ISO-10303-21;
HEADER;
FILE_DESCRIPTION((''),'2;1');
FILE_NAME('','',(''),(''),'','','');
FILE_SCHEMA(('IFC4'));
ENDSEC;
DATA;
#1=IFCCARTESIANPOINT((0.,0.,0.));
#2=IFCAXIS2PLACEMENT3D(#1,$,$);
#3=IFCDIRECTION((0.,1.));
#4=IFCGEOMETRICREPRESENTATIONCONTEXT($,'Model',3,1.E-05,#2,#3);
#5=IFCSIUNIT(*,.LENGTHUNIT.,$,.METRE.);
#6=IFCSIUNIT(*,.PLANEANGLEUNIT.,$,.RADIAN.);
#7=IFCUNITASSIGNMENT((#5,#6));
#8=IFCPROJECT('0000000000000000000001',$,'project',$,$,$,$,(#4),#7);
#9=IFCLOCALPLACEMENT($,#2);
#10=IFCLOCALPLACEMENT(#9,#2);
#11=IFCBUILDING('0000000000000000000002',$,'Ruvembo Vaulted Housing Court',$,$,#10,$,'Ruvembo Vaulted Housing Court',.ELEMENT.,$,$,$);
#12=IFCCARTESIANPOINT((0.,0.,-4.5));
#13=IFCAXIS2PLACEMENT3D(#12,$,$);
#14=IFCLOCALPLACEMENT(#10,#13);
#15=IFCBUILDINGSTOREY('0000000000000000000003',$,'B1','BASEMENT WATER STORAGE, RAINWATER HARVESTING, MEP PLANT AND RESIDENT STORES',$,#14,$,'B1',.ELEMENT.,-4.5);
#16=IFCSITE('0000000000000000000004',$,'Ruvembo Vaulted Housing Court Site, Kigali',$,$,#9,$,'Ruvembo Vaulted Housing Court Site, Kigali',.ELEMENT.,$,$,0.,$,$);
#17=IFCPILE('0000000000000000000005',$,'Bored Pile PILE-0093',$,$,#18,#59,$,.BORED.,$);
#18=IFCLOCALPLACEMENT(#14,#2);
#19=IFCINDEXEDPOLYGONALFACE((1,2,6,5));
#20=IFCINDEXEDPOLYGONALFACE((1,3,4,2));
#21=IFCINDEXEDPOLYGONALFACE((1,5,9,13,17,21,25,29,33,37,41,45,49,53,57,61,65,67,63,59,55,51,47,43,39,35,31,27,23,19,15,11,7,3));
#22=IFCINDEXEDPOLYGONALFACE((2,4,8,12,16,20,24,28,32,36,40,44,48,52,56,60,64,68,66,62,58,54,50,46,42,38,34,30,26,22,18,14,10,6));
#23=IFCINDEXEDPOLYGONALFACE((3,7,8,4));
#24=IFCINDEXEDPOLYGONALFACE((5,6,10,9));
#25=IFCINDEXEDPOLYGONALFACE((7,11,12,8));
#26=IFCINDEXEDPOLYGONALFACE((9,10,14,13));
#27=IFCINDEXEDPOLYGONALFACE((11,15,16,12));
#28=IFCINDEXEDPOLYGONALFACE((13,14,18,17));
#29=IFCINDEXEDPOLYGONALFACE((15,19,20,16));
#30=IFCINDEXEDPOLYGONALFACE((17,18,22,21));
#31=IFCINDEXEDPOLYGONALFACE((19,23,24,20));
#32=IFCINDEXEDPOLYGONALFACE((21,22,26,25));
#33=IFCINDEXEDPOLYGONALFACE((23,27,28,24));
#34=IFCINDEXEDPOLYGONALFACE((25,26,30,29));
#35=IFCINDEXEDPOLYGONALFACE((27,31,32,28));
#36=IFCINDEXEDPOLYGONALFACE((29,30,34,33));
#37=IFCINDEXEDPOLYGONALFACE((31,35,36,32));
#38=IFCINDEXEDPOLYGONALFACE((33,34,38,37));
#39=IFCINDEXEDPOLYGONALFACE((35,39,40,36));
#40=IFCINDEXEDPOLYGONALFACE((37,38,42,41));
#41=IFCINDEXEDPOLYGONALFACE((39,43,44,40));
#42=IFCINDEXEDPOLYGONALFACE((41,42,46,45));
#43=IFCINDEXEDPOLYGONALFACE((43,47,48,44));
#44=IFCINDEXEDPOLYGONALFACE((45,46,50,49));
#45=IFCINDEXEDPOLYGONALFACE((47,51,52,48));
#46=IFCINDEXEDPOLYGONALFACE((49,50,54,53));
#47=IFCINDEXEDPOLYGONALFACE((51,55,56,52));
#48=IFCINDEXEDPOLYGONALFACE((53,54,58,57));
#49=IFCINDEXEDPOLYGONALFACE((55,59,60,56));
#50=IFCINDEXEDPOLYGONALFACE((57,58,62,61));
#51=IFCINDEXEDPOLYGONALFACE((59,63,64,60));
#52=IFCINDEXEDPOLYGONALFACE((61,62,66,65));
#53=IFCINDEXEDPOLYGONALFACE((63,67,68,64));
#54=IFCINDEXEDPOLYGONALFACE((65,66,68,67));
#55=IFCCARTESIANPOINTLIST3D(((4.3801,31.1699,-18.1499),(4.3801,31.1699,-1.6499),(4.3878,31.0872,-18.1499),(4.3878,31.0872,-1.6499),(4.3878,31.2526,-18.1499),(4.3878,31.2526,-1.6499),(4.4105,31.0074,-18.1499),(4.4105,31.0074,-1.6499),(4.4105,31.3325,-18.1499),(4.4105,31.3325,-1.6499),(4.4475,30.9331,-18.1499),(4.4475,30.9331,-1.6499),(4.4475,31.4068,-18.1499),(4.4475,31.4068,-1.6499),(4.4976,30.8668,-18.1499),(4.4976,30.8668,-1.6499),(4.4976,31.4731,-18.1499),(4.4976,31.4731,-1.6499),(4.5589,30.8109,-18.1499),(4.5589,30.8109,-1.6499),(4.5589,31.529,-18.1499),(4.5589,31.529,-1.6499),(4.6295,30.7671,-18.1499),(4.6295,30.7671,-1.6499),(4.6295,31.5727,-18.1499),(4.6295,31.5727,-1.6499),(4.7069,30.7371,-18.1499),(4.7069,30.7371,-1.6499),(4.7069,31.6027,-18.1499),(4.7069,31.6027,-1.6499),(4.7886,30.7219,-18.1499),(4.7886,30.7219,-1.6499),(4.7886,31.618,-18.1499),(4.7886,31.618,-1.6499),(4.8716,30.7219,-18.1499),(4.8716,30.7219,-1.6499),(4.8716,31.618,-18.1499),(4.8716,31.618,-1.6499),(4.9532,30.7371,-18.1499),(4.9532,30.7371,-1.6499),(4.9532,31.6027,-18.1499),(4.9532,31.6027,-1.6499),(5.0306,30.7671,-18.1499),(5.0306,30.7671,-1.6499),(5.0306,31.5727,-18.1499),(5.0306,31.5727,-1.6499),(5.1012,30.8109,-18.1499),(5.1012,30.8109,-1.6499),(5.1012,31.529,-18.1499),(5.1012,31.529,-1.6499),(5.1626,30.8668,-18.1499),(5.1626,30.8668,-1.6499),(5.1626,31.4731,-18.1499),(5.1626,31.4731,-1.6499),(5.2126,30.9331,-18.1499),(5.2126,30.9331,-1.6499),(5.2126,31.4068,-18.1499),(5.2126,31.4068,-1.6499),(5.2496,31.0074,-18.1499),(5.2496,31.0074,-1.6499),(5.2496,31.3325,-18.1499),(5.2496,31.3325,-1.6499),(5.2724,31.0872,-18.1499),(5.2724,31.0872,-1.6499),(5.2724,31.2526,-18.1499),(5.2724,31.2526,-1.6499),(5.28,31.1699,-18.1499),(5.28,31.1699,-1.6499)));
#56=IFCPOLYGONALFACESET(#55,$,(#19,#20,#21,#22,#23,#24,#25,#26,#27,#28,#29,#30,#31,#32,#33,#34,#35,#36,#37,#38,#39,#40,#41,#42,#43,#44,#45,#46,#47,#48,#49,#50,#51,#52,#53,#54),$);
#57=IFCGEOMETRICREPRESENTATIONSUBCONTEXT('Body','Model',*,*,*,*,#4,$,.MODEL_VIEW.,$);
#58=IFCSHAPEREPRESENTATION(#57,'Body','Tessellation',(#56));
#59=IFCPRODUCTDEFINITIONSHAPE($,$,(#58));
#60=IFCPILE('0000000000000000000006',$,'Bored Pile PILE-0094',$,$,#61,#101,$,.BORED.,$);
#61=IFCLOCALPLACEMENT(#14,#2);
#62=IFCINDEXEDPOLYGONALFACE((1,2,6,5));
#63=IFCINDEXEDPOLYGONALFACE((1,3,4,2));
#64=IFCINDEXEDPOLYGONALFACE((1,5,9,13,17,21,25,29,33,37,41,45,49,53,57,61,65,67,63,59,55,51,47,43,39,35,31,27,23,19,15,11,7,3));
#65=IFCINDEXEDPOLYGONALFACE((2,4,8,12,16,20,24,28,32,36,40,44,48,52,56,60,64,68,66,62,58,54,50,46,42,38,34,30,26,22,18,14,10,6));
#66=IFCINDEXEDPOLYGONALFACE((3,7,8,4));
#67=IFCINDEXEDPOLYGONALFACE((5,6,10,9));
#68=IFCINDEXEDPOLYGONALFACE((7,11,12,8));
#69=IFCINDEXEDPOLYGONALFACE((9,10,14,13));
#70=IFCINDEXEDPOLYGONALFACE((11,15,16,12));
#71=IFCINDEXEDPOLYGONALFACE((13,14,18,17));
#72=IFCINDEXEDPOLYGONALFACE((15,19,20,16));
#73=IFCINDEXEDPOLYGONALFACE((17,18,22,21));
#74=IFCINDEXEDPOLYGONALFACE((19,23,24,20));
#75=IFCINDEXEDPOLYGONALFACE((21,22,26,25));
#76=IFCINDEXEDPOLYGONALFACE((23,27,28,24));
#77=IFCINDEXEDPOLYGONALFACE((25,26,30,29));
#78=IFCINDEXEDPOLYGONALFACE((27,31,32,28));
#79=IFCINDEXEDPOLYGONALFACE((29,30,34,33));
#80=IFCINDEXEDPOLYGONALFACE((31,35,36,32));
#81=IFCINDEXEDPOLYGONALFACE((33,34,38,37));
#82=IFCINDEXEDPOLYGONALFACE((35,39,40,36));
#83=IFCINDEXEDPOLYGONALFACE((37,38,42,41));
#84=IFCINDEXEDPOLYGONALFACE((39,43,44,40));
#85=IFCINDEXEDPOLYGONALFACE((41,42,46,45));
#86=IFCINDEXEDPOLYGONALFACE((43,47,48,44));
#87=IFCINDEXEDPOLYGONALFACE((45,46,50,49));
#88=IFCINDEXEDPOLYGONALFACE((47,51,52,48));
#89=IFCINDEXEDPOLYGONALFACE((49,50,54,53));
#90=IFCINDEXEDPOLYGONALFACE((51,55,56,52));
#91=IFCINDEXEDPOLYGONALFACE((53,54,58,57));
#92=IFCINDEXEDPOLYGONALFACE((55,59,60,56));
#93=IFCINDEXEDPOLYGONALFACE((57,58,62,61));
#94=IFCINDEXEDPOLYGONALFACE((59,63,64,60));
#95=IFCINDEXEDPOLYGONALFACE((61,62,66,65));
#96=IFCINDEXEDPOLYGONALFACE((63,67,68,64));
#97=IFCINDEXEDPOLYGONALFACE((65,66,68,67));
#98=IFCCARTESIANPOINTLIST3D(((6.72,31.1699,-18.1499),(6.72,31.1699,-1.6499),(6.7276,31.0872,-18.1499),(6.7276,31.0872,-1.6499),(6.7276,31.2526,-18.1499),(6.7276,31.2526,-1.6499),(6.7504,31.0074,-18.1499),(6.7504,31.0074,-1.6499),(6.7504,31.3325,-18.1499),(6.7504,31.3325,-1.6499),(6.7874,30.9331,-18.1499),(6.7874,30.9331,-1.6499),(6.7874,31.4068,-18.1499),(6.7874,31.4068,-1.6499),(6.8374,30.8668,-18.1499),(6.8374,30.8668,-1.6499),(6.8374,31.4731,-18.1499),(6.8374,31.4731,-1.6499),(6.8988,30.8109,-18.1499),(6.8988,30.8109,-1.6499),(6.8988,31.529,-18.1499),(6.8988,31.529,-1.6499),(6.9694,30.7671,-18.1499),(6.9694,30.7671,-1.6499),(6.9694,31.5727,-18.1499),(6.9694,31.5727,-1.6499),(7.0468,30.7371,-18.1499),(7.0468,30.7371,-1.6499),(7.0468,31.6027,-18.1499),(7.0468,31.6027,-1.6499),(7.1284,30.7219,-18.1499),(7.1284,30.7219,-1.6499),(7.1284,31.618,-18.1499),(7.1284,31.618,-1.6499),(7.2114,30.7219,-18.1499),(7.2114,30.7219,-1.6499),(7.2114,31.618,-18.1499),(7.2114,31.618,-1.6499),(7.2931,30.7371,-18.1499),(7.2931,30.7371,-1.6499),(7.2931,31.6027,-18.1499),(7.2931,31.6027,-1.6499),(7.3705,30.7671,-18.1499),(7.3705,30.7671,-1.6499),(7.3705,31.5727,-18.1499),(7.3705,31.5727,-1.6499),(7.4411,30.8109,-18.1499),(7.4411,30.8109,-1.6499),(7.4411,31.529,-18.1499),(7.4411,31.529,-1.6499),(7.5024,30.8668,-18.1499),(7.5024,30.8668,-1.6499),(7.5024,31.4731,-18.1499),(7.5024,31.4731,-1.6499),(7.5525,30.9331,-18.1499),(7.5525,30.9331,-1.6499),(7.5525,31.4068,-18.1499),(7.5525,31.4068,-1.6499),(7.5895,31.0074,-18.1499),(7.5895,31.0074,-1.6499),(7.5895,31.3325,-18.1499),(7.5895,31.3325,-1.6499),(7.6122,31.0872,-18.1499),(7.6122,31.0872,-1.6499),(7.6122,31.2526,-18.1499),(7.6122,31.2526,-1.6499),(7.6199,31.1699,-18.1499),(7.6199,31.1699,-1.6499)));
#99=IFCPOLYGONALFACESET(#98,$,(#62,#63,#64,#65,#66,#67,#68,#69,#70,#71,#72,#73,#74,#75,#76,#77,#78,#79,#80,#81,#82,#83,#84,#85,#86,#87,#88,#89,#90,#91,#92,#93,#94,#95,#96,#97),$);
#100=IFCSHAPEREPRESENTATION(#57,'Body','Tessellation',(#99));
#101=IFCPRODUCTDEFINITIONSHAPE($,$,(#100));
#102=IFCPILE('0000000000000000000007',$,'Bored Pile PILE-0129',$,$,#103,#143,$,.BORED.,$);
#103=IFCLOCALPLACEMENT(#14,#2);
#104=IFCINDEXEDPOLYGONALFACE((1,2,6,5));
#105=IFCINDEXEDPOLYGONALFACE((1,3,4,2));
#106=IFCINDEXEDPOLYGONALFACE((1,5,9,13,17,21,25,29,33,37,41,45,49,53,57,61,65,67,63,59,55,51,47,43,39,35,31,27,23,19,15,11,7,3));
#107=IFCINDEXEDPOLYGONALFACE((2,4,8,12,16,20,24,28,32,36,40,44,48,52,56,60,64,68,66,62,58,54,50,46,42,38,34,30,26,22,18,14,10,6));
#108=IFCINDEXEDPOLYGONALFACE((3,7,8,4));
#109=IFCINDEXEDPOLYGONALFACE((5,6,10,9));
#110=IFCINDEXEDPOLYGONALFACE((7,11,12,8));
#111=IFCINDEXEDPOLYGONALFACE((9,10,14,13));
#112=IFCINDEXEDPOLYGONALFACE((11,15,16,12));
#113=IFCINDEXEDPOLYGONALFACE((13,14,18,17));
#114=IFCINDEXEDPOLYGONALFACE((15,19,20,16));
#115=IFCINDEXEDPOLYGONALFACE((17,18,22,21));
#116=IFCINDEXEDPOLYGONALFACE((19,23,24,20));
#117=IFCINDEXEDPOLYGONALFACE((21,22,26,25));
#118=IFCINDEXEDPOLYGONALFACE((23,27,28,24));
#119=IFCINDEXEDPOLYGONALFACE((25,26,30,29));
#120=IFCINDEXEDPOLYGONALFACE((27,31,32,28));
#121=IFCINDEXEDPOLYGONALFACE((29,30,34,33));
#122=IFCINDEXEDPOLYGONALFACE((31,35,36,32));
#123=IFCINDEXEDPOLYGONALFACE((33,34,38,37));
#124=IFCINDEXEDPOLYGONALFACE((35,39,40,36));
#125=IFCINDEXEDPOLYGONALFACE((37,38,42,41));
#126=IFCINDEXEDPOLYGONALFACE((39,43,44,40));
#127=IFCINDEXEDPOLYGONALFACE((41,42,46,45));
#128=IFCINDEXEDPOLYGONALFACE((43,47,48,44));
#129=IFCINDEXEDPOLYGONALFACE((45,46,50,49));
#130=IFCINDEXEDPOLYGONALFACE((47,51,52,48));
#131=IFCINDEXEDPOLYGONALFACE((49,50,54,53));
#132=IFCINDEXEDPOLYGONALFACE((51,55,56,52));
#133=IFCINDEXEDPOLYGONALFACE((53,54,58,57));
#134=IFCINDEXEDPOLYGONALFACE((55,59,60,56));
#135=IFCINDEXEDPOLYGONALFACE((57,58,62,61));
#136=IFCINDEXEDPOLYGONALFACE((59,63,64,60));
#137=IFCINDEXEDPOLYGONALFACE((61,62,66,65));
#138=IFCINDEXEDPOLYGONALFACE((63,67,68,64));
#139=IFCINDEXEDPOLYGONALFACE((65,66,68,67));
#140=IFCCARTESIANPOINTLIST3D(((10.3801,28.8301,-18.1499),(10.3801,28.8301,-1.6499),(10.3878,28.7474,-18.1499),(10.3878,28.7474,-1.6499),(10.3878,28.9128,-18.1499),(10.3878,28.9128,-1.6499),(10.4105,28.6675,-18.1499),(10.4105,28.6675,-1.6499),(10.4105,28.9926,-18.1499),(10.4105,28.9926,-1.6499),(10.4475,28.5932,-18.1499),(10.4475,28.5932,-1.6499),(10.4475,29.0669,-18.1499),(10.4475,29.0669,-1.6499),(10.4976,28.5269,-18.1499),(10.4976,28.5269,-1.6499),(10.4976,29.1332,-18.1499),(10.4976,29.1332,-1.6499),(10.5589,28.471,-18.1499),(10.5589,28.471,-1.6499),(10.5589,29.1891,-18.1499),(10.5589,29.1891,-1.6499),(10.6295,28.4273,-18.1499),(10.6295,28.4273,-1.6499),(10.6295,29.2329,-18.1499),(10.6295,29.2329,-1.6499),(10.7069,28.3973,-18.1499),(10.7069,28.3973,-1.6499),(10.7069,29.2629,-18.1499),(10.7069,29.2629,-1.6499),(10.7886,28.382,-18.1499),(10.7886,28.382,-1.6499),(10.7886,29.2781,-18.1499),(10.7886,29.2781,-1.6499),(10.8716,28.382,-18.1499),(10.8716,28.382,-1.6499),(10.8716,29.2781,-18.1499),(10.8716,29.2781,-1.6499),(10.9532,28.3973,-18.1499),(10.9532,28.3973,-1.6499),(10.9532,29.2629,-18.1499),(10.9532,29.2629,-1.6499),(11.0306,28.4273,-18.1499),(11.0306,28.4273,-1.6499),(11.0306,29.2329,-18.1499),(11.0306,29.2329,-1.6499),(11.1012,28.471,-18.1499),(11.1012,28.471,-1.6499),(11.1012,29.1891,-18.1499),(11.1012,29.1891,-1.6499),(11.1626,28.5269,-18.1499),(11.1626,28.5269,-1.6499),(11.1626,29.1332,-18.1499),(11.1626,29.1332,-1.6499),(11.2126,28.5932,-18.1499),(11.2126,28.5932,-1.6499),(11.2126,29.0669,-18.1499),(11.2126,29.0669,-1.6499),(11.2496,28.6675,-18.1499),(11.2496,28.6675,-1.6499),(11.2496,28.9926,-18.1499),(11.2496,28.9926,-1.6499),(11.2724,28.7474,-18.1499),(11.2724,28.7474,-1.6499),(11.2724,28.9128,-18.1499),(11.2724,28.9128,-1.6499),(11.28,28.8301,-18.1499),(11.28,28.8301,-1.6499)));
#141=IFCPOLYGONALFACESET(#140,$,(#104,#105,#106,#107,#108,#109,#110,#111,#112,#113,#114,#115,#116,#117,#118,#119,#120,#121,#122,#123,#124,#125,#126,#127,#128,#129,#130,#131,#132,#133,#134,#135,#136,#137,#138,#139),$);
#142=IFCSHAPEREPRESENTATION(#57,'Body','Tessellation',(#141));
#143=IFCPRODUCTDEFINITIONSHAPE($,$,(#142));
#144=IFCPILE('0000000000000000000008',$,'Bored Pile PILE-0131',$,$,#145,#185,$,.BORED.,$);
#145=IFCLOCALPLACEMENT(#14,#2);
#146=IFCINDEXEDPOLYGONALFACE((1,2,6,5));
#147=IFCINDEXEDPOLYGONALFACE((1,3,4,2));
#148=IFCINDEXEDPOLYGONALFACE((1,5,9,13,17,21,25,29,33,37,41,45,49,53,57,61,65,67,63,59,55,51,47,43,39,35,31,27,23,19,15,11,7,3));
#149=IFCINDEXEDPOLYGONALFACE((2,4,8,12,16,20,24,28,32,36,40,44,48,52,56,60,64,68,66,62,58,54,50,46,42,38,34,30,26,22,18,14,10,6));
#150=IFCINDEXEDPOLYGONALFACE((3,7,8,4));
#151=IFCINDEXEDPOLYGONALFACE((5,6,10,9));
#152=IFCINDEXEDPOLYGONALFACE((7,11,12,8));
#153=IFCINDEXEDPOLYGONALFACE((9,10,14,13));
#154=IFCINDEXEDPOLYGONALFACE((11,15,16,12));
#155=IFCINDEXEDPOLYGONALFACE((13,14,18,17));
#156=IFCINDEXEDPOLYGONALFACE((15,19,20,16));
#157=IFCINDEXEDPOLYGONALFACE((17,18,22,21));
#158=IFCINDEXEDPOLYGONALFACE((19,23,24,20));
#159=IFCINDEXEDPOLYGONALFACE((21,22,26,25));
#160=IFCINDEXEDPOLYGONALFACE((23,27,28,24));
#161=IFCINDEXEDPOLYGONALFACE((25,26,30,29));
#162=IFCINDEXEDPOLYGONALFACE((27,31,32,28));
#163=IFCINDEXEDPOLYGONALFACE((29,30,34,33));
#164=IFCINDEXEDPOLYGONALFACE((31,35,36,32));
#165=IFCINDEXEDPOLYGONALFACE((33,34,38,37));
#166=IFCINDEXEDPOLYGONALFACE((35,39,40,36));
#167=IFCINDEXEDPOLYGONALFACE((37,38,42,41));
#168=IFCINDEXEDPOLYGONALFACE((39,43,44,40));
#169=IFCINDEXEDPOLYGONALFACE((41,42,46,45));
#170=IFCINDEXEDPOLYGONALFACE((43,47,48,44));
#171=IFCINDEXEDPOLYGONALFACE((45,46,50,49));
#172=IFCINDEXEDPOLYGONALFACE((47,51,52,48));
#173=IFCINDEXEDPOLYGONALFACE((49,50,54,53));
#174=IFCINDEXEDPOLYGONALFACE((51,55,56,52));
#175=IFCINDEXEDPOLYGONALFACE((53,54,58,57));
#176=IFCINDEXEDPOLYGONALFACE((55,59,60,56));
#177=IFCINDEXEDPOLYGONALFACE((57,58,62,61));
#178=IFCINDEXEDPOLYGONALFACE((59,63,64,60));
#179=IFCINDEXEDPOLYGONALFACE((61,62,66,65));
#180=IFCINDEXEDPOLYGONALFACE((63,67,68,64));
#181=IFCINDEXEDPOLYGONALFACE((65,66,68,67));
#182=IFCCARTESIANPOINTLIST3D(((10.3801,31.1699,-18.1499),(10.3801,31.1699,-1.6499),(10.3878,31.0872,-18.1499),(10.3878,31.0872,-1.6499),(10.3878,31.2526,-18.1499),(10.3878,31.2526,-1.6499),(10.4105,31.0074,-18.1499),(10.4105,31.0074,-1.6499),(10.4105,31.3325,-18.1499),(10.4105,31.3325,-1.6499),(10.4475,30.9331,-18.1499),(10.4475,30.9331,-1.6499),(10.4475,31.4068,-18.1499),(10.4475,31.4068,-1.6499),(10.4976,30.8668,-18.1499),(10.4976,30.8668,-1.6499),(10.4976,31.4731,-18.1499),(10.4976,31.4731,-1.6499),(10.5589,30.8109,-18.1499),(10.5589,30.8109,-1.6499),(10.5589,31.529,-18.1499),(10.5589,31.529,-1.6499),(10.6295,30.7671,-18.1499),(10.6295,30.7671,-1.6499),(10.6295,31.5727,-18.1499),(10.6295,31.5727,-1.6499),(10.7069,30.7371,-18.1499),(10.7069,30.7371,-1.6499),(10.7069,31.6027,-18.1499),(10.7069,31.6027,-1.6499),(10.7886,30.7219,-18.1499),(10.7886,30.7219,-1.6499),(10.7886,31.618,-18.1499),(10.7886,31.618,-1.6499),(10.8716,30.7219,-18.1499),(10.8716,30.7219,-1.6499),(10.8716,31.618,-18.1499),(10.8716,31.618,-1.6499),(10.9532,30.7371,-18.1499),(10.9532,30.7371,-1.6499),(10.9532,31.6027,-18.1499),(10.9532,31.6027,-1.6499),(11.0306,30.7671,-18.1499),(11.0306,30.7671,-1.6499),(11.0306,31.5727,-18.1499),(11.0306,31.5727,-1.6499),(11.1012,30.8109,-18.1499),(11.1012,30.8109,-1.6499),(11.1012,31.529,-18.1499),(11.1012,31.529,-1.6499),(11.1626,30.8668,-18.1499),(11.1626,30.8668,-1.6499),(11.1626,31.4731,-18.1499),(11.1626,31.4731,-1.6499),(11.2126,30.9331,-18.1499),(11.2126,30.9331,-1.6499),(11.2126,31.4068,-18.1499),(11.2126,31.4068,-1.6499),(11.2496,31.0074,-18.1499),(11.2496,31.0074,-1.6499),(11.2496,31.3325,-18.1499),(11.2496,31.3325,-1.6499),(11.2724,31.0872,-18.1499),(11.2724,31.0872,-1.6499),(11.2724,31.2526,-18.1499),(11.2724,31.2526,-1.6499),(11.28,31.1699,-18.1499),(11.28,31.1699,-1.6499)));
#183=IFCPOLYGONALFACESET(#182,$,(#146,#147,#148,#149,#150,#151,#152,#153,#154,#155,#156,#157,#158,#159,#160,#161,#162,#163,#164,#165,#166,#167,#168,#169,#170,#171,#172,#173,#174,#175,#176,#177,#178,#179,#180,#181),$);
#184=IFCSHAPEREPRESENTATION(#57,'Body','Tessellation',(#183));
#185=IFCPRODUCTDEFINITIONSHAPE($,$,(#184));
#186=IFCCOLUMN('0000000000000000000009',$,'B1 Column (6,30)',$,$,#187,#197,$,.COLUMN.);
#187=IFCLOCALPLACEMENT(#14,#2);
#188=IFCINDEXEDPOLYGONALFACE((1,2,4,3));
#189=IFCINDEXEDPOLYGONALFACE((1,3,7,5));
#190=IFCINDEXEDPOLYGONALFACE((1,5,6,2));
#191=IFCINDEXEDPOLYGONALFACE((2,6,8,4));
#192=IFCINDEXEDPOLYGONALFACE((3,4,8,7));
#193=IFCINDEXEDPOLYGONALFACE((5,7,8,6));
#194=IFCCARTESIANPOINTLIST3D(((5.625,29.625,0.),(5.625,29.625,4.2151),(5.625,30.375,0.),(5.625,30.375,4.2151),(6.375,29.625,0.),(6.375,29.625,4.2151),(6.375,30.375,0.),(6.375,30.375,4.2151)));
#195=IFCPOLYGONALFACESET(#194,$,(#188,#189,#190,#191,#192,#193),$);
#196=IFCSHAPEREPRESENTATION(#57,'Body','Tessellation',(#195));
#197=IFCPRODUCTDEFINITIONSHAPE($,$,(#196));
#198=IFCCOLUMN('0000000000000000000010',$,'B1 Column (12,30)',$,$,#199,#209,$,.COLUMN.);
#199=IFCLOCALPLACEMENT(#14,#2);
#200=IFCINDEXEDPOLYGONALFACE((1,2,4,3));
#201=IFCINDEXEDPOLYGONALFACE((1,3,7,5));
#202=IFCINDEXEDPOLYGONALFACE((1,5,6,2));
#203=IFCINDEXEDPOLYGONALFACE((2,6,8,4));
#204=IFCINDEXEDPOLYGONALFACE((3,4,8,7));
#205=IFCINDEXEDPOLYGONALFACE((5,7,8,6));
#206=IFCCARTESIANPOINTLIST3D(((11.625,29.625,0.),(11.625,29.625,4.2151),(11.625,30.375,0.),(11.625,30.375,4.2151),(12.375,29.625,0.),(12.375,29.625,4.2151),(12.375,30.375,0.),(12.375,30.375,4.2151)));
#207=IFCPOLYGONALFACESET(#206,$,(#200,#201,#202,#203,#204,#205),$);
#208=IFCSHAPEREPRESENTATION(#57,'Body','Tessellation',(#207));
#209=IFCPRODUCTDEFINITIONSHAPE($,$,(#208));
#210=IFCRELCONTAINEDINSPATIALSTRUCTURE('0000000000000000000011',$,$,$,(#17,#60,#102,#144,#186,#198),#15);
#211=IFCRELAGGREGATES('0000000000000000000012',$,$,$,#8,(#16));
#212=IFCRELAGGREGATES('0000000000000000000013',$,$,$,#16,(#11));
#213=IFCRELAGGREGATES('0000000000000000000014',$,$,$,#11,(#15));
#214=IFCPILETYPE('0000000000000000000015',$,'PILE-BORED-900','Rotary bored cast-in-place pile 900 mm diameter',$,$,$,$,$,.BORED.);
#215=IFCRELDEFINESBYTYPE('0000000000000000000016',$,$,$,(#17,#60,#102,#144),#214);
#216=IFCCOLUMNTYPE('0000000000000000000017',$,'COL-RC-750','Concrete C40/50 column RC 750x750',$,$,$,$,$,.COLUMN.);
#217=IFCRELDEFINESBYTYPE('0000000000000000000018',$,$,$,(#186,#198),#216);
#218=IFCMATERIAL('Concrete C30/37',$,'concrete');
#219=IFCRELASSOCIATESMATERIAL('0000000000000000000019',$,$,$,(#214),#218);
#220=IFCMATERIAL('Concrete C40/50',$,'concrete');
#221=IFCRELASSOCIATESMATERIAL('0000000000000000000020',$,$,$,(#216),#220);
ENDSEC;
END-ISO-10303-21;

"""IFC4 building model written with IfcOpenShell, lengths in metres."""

from ifc_helpers import new_model, si_unit, direction, frame, origin, origin_2d, place, context, subcontext, project, spatial, rectangle, circle, extrude, material, material_profile, profile_set, type_object, element, save


model = new_model("IFC4")

# Units and contexts
model_context = context("Model", 3, precision=1e-05, world=origin(), true_north=direction((0.0, 1.0)))
body_context = subcontext(model_context, "Body", "Model", "MODEL_VIEW")
ifc_project = project(units=[si_unit("LENGTHUNIT", "METRE"), si_unit("PLANEANGLEUNIT", "RADIAN")], contexts=[model_context])

# Site, building, storey
site_placement = place(None, origin())
site = spatial("IfcSite", under=ifc_project, at=site_placement, Name="Ruvembo Vaulted Housing Court Site, Kigali", LongName="Ruvembo Vaulted Housing Court Site, Kigali", CompositionType="ELEMENT", RefElevation=0.0)
building_placement = place(site_placement, origin())
building = spatial("IfcBuilding", under=site, at=building_placement, Name="Ruvembo Vaulted Housing Court", LongName="Ruvembo Vaulted Housing Court", CompositionType="ELEMENT")
storey_placement = place(building_placement, frame((0.0, 0.0, -4.5)))
storey = spatial("IfcBuildingStorey", under=building, at=storey_placement, Name="B1", Description="BASEMENT WATER STORAGE, RAINWATER HARVESTING, MEP PLANT AND RESIDENT STORES", LongName="B1", CompositionType="ELEMENT", Elevation=-4.5)

# Piles
ifc_material_1 = material(Name="Concrete C30/37", Category="concrete")
ifc_material_profile_1 = material_profile(ifc_material_1, circle(Radius=0.45, at=origin_2d()), Name="PILE D900")
ifc_profile_set_1 = profile_set([ifc_material_profile_1], Name="Concrete C30/37")
pile_type_1 = type_object("IfcPileType", Name="PILE-BORED-900", Description="Rotary bored cast-in-place pile 900 mm diameter", PredefinedType="BORED", material=ifc_profile_set_1)
for number, where, z_axis, x_axis, name in (
    (1, (4.8301, 31.1699, -1.6499), (0.0, 0.0, -1.0), (1.0, 0.0, 0.0), "Bored Pile PILE-0093"),
    (2, (7.1699, 31.1699, -1.6499), (0.0, 0.0, -1.0), (1.0, 0.0, 0.0), "Bored Pile PILE-0094"),
    (3, (10.8301, 28.8301, -1.6499), (0.0, 0.0, -1.0), (1.0, 0.0, 0.0), "Bored Pile PILE-0129"),
    (4, (10.8301, 31.1699, -1.6499), (0.0, 0.0, -1.0), (1.0, 0.0, 0.0), "Bored Pile PILE-0131"),
):
    element("IfcPile", number, at=place(storey_placement, frame(where, z_axis=z_axis, x_axis=x_axis)), inside=storey, type_object=pile_type_1, Name=name, PredefinedType="BORED", context=body_context, shape_type="SweptSolid", body=[
        extrude(circle(Radius=0.45, at=origin_2d()), origin(), (0.0, 0.0, 1.0), 16.5),
    ])

# Columns
ifc_material_2 = material(Name="Concrete C40/50", Category="concrete")
ifc_material_profile_2 = material_profile(ifc_material_2, rectangle(XDim=0.75, YDim=0.75, at=origin_2d()), Name="RC 750x750")
ifc_profile_set_2 = profile_set([ifc_material_profile_2], Name="Concrete C40/50")
column_type = type_object("IfcColumnType", Name="COL-RC-750", Description="Concrete C40/50 column RC 750x750", PredefinedType="COLUMN", material=ifc_profile_set_2)
for number, where, z_axis, x_axis, name in (
    (5, (6.0, 30.0, 0.0), (0.0, 0.0, 1.0), (1.0, 0.0, 0.0), "B1 Column (6,30)"),
    (6, (12.0, 30.0, 0.0), (0.0, 0.0, 1.0), (1.0, 0.0, 0.0), "B1 Column (12,30)"),
):
    element("IfcColumn", number, at=place(storey_placement, frame(where, z_axis=z_axis, x_axis=x_axis)), inside=storey, type_object=column_type, Name=name, PredefinedType="COLUMN", context=body_context, shape_type="SweptSolid", body=[
        extrude(rectangle(XDim=0.75, YDim=0.75, at=origin_2d()), origin(), (0.0, 0.0, 1.0), 4.2151),
    ])

save(model, "model.ifc")
